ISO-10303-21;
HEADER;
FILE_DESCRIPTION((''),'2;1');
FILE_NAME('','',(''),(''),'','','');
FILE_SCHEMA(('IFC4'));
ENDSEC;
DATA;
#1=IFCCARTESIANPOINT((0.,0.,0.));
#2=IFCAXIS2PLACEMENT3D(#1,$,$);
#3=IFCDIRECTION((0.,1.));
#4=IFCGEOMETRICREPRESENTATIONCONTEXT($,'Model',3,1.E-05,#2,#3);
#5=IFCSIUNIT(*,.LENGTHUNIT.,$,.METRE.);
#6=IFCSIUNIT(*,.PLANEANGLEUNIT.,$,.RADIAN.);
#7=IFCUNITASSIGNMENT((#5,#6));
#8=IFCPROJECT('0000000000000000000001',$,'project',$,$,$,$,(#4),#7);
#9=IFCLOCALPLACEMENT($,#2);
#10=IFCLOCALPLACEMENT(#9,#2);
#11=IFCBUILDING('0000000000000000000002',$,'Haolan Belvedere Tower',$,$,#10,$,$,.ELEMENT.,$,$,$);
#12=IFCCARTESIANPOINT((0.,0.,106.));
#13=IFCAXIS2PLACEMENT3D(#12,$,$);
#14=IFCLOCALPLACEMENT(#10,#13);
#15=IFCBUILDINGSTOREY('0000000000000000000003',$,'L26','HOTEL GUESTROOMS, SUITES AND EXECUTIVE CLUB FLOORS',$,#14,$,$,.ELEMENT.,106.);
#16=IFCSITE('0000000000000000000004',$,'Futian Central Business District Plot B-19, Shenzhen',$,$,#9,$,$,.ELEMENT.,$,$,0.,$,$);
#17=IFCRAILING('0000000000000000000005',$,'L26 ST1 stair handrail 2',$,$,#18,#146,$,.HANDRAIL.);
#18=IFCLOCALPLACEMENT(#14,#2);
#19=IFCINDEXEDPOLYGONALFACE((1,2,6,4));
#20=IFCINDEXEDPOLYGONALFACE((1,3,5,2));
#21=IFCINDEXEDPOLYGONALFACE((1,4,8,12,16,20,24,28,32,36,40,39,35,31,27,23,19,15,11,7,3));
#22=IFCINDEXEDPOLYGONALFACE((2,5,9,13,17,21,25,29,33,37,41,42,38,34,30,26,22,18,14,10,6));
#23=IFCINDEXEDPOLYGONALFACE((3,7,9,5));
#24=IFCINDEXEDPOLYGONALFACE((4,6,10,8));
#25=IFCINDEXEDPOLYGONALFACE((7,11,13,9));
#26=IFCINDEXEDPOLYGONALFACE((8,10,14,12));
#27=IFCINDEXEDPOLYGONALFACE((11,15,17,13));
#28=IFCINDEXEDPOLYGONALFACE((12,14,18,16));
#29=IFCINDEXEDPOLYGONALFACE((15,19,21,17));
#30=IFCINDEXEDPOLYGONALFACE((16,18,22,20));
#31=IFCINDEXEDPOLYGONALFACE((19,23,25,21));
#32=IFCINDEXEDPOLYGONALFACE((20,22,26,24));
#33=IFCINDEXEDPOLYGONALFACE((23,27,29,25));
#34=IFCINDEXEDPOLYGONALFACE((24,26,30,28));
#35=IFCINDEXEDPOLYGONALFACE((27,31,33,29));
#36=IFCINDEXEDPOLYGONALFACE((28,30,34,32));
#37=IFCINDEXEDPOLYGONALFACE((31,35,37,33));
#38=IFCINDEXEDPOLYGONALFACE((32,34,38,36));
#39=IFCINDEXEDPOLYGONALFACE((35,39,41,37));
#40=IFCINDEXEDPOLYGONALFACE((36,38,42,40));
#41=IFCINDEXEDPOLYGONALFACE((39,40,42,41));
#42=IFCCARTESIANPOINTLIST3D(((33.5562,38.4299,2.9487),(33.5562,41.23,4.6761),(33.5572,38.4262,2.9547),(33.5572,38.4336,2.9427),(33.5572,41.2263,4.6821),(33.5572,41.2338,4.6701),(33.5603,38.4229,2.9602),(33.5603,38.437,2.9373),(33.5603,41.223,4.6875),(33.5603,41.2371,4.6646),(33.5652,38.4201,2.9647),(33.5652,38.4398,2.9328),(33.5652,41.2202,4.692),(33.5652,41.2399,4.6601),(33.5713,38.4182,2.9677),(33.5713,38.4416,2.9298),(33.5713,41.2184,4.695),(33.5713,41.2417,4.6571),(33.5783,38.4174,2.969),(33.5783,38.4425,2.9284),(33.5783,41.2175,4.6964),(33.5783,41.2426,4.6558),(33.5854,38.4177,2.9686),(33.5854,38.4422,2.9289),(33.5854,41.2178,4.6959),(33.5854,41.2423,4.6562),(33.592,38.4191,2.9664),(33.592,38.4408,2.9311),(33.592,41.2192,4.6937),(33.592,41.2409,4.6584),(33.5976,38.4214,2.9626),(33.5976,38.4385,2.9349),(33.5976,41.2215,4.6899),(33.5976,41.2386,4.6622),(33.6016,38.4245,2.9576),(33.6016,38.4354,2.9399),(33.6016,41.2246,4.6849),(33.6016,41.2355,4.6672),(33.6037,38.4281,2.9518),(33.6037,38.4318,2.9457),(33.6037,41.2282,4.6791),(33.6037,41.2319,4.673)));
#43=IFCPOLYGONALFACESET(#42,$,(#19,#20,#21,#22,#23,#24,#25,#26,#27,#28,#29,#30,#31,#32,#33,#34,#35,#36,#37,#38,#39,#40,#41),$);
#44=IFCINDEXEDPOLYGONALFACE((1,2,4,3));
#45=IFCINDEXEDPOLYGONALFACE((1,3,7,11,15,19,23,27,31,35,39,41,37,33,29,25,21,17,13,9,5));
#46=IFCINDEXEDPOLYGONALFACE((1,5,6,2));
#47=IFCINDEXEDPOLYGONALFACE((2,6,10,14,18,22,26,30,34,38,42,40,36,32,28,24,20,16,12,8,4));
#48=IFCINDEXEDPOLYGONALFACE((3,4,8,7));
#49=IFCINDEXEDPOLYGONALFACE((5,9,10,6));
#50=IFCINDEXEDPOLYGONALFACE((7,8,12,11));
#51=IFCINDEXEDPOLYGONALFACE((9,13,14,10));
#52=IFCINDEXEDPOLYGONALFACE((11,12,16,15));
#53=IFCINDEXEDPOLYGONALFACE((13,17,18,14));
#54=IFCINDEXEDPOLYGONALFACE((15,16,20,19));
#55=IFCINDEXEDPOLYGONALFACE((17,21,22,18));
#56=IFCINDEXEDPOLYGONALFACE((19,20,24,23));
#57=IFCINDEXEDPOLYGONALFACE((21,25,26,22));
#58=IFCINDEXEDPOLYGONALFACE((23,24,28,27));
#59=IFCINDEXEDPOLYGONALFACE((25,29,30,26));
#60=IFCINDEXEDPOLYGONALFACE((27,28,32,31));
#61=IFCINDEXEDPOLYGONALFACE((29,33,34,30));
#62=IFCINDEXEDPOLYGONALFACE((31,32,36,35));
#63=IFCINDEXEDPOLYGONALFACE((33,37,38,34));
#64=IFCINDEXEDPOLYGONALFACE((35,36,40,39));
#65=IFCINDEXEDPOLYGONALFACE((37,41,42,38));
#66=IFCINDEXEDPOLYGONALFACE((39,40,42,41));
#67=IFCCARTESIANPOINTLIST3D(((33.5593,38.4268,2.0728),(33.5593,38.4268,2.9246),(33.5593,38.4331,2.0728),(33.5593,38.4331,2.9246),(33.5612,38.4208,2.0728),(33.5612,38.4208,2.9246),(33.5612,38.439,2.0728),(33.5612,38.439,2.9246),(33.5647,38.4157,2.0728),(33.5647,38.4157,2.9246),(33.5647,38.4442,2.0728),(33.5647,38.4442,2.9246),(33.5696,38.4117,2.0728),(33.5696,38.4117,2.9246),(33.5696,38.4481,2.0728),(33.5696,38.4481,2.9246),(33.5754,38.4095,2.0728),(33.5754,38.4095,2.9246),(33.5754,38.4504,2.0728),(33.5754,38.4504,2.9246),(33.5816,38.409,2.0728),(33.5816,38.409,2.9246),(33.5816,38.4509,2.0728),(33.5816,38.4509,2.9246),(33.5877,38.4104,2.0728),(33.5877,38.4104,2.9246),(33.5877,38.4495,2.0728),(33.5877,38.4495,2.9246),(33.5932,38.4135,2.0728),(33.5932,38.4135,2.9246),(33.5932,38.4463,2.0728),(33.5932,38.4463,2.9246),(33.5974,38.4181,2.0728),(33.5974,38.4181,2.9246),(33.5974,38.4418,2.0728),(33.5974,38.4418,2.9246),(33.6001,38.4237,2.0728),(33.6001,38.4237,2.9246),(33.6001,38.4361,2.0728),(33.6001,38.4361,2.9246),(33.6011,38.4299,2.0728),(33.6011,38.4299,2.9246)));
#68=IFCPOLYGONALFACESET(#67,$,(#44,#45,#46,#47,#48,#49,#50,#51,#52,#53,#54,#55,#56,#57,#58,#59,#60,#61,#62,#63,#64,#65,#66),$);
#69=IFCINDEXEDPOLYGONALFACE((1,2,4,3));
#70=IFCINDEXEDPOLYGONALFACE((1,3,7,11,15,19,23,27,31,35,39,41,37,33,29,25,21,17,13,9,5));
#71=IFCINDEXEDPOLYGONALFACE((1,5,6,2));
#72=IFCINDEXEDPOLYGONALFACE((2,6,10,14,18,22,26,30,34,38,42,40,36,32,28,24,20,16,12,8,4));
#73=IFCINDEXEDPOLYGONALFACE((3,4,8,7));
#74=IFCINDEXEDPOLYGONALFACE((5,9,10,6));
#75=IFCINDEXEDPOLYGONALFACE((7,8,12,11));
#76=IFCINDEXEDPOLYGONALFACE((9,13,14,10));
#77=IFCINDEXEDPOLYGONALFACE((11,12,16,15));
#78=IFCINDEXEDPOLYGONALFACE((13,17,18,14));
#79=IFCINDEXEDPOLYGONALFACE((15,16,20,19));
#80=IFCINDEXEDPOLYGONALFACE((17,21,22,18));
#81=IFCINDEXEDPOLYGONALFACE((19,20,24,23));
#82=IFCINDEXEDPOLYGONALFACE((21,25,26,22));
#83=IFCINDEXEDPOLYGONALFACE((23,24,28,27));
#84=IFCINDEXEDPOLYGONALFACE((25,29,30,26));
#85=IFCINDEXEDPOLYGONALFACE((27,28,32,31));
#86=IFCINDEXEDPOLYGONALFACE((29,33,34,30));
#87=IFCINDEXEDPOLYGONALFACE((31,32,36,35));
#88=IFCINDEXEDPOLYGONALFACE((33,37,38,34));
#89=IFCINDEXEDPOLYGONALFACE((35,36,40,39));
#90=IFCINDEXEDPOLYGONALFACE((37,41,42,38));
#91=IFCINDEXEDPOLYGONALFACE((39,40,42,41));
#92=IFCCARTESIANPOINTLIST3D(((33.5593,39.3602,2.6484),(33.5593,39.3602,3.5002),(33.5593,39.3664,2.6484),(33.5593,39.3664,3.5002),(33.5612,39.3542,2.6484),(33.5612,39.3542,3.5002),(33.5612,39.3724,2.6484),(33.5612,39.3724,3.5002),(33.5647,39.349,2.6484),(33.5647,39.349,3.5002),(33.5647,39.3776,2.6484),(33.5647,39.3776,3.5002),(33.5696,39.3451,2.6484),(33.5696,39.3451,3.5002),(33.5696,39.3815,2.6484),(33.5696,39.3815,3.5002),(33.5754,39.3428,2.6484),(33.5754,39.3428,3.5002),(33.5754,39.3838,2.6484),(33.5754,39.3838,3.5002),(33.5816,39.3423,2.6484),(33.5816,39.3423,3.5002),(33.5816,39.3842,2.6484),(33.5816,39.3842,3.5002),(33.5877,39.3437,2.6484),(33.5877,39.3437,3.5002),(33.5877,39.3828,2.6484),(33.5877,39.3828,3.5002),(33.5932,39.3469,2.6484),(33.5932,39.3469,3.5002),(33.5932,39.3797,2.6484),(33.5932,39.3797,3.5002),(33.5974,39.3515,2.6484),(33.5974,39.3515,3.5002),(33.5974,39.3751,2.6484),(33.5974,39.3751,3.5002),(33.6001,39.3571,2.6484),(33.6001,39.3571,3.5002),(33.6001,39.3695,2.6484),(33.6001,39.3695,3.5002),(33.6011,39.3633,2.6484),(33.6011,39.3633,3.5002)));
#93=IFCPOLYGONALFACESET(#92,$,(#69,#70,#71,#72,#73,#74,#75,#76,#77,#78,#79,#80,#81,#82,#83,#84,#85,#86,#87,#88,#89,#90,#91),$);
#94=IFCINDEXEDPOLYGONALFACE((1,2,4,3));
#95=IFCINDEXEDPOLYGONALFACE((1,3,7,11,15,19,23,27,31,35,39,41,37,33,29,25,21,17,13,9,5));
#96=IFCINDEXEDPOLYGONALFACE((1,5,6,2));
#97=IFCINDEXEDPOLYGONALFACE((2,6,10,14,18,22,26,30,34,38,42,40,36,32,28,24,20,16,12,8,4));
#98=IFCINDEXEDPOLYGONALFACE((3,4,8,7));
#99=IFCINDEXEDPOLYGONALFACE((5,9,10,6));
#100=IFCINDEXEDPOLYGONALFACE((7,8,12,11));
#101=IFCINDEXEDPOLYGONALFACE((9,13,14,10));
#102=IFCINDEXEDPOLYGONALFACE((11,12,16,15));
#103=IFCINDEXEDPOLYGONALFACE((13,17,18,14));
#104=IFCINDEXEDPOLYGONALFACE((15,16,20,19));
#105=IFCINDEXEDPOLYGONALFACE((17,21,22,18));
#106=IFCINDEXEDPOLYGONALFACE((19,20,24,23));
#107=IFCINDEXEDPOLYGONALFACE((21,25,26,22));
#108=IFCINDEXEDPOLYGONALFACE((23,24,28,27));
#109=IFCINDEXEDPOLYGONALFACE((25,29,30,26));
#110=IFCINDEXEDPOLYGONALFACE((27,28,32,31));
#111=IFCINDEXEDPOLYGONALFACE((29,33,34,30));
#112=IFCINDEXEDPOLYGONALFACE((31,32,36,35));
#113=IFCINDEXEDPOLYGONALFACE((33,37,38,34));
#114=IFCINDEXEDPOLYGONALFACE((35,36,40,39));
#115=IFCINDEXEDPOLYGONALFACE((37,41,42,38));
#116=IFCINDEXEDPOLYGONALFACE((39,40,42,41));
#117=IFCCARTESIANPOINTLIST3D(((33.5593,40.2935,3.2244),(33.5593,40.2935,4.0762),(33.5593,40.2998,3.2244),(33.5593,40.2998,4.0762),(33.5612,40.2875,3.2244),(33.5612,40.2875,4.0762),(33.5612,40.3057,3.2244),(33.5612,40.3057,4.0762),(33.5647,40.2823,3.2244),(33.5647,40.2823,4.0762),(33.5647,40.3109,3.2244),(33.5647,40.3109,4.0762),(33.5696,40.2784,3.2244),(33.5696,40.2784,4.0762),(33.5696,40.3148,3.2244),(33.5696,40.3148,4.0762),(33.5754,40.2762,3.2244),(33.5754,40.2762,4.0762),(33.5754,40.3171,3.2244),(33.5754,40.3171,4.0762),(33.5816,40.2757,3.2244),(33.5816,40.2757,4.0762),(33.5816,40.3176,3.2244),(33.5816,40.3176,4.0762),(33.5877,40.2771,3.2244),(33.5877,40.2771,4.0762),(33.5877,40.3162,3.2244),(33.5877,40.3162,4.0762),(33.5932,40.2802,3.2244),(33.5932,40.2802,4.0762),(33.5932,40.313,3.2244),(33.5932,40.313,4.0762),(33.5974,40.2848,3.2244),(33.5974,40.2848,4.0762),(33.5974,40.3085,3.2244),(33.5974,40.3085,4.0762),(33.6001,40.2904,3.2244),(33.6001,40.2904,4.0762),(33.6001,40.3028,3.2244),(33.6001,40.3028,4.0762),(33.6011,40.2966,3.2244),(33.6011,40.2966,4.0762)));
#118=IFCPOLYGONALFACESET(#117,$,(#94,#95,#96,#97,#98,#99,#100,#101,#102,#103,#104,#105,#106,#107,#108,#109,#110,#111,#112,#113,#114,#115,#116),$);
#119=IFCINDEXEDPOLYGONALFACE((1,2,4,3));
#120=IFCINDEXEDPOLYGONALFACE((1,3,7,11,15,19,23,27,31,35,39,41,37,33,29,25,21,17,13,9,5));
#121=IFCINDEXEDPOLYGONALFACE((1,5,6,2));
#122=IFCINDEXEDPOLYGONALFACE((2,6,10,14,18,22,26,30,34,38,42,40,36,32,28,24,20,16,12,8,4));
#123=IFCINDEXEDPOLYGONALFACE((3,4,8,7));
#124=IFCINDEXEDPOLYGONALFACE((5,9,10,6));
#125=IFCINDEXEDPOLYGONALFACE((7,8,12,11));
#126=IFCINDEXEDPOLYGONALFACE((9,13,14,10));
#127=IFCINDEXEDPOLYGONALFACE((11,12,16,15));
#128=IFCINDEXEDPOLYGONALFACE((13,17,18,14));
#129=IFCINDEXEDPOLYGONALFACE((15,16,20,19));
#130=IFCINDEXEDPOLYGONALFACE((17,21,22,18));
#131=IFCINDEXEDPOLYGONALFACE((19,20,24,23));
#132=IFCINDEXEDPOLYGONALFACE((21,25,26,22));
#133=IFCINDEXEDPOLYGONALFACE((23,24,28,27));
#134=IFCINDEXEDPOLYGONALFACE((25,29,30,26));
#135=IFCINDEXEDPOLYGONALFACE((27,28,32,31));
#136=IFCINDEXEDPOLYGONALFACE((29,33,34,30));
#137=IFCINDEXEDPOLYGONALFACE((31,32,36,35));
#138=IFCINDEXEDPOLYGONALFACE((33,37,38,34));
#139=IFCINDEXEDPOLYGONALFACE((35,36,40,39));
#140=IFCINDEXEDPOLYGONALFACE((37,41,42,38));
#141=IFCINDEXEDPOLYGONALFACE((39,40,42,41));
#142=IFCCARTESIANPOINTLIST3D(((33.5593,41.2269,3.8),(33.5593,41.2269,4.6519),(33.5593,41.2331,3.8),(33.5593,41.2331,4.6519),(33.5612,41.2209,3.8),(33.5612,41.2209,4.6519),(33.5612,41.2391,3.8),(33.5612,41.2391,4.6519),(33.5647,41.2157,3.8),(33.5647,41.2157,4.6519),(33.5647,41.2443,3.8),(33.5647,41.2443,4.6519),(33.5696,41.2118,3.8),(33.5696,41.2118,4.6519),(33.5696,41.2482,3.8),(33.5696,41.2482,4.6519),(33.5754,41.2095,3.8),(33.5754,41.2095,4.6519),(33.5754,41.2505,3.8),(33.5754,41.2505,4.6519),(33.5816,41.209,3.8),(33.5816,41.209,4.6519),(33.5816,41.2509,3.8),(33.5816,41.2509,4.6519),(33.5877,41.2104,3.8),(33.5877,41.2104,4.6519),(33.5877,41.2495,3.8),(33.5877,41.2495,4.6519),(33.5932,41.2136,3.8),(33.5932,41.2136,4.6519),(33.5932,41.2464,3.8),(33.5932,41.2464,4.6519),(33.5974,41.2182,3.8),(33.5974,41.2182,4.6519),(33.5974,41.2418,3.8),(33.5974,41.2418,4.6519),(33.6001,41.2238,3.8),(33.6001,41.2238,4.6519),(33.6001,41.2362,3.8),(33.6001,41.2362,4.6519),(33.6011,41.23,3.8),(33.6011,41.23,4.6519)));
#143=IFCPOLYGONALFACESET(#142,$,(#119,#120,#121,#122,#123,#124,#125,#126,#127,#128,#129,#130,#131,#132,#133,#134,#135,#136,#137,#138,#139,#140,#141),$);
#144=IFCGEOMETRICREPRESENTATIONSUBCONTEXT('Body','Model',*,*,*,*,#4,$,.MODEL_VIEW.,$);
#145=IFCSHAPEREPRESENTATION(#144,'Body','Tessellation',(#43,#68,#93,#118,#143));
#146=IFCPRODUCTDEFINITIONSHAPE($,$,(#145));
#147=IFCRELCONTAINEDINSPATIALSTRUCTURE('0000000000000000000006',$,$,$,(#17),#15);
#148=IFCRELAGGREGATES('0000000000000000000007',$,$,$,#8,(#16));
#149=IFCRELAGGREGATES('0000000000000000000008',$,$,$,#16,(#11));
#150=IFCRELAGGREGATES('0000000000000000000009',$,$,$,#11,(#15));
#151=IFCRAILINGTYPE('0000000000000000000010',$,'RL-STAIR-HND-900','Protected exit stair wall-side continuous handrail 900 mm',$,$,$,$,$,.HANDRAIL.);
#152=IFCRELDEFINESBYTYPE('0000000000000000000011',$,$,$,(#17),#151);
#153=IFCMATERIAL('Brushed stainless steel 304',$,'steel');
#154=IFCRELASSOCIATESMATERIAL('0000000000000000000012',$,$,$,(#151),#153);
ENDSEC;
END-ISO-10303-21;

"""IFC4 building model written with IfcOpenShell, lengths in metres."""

from ifc_helpers import new_model, si_unit, direction, frame, origin, origin_2d, place, context, subcontext, project, spatial, circle, extrude, material, type_object, element, save


model = new_model("IFC4")

# Units and contexts
model_context = context("Model", 3, precision=1e-05, world=origin(), true_north=direction((0.0, 1.0)))
body_context = subcontext(model_context, "Body", "Model", "MODEL_VIEW")
ifc_project = project(units=[si_unit("LENGTHUNIT", "METRE"), si_unit("PLANEANGLEUNIT", "RADIAN")], contexts=[model_context])

# Site, building, storey
site_placement = place(None, origin())
site = spatial("IfcSite", under=ifc_project, at=site_placement, Name="Futian Central Business District Plot B-19, Shenzhen", CompositionType="ELEMENT", RefElevation=0.0)
building_placement = place(site_placement, origin())
building = spatial("IfcBuilding", under=site, at=building_placement, Name="Haolan Belvedere Tower", CompositionType="ELEMENT")
storey_placement = place(building_placement, frame((0.0, 0.0, 106.0)))
storey = spatial("IfcBuildingStorey", under=building, at=storey_placement, Name="L26", Description="HOTEL GUESTROOMS, SUITES AND EXECUTIVE CLUB FLOORS", CompositionType="ELEMENT", Elevation=106.0)

# Railing
ifc_material_1 = material(Name="Brushed stainless steel 304", Category="steel")
railing_type_1 = type_object("IfcRailingType", Name="RL-STAIR-HND-900", Description="Protected exit stair wall-side continuous handrail 900 mm", PredefinedType="HANDRAIL", material=ifc_material_1)
railing_1_placement = place(storey_placement, frame((33.5801, 38.4299, 2.0728)))
element("IfcRailing", 1, at=railing_1_placement, inside=storey, type_object=railing_type_1, Name="L26 ST1 stair handrail 2", PredefinedType="HANDRAIL", context=body_context, shape_type="SweptSolid", body=[
    extrude(circle(Radius=0.0239, at=origin_2d()), frame((0.0, 0.0, 0.876), z_axis=(0.0, 0.85109, 0.52502), x_axis=(-1.0, 0.0, 0.0)), (0.0, 0.0, 1.0), 3.29),
    extrude(circle(Radius=0.021, at=origin_2d()), origin(), (0.0, 0.0, 1.0), 0.8518),
    extrude(circle(Radius=0.021, at=origin_2d()), frame((0.0, 0.9333, 0.5757)), (0.0, 0.0, 1.0), 0.8518),
    extrude(circle(Radius=0.021, at=origin_2d()), frame((0.0, 1.8667, 1.1516)), (0.0, 0.0, 1.0), 0.8518),
    extrude(circle(Radius=0.021, at=origin_2d()), frame((0.0, 2.8, 1.7273)), (0.0, 0.0, 1.0), 0.8518),
])

save(model, "model.ifc")
